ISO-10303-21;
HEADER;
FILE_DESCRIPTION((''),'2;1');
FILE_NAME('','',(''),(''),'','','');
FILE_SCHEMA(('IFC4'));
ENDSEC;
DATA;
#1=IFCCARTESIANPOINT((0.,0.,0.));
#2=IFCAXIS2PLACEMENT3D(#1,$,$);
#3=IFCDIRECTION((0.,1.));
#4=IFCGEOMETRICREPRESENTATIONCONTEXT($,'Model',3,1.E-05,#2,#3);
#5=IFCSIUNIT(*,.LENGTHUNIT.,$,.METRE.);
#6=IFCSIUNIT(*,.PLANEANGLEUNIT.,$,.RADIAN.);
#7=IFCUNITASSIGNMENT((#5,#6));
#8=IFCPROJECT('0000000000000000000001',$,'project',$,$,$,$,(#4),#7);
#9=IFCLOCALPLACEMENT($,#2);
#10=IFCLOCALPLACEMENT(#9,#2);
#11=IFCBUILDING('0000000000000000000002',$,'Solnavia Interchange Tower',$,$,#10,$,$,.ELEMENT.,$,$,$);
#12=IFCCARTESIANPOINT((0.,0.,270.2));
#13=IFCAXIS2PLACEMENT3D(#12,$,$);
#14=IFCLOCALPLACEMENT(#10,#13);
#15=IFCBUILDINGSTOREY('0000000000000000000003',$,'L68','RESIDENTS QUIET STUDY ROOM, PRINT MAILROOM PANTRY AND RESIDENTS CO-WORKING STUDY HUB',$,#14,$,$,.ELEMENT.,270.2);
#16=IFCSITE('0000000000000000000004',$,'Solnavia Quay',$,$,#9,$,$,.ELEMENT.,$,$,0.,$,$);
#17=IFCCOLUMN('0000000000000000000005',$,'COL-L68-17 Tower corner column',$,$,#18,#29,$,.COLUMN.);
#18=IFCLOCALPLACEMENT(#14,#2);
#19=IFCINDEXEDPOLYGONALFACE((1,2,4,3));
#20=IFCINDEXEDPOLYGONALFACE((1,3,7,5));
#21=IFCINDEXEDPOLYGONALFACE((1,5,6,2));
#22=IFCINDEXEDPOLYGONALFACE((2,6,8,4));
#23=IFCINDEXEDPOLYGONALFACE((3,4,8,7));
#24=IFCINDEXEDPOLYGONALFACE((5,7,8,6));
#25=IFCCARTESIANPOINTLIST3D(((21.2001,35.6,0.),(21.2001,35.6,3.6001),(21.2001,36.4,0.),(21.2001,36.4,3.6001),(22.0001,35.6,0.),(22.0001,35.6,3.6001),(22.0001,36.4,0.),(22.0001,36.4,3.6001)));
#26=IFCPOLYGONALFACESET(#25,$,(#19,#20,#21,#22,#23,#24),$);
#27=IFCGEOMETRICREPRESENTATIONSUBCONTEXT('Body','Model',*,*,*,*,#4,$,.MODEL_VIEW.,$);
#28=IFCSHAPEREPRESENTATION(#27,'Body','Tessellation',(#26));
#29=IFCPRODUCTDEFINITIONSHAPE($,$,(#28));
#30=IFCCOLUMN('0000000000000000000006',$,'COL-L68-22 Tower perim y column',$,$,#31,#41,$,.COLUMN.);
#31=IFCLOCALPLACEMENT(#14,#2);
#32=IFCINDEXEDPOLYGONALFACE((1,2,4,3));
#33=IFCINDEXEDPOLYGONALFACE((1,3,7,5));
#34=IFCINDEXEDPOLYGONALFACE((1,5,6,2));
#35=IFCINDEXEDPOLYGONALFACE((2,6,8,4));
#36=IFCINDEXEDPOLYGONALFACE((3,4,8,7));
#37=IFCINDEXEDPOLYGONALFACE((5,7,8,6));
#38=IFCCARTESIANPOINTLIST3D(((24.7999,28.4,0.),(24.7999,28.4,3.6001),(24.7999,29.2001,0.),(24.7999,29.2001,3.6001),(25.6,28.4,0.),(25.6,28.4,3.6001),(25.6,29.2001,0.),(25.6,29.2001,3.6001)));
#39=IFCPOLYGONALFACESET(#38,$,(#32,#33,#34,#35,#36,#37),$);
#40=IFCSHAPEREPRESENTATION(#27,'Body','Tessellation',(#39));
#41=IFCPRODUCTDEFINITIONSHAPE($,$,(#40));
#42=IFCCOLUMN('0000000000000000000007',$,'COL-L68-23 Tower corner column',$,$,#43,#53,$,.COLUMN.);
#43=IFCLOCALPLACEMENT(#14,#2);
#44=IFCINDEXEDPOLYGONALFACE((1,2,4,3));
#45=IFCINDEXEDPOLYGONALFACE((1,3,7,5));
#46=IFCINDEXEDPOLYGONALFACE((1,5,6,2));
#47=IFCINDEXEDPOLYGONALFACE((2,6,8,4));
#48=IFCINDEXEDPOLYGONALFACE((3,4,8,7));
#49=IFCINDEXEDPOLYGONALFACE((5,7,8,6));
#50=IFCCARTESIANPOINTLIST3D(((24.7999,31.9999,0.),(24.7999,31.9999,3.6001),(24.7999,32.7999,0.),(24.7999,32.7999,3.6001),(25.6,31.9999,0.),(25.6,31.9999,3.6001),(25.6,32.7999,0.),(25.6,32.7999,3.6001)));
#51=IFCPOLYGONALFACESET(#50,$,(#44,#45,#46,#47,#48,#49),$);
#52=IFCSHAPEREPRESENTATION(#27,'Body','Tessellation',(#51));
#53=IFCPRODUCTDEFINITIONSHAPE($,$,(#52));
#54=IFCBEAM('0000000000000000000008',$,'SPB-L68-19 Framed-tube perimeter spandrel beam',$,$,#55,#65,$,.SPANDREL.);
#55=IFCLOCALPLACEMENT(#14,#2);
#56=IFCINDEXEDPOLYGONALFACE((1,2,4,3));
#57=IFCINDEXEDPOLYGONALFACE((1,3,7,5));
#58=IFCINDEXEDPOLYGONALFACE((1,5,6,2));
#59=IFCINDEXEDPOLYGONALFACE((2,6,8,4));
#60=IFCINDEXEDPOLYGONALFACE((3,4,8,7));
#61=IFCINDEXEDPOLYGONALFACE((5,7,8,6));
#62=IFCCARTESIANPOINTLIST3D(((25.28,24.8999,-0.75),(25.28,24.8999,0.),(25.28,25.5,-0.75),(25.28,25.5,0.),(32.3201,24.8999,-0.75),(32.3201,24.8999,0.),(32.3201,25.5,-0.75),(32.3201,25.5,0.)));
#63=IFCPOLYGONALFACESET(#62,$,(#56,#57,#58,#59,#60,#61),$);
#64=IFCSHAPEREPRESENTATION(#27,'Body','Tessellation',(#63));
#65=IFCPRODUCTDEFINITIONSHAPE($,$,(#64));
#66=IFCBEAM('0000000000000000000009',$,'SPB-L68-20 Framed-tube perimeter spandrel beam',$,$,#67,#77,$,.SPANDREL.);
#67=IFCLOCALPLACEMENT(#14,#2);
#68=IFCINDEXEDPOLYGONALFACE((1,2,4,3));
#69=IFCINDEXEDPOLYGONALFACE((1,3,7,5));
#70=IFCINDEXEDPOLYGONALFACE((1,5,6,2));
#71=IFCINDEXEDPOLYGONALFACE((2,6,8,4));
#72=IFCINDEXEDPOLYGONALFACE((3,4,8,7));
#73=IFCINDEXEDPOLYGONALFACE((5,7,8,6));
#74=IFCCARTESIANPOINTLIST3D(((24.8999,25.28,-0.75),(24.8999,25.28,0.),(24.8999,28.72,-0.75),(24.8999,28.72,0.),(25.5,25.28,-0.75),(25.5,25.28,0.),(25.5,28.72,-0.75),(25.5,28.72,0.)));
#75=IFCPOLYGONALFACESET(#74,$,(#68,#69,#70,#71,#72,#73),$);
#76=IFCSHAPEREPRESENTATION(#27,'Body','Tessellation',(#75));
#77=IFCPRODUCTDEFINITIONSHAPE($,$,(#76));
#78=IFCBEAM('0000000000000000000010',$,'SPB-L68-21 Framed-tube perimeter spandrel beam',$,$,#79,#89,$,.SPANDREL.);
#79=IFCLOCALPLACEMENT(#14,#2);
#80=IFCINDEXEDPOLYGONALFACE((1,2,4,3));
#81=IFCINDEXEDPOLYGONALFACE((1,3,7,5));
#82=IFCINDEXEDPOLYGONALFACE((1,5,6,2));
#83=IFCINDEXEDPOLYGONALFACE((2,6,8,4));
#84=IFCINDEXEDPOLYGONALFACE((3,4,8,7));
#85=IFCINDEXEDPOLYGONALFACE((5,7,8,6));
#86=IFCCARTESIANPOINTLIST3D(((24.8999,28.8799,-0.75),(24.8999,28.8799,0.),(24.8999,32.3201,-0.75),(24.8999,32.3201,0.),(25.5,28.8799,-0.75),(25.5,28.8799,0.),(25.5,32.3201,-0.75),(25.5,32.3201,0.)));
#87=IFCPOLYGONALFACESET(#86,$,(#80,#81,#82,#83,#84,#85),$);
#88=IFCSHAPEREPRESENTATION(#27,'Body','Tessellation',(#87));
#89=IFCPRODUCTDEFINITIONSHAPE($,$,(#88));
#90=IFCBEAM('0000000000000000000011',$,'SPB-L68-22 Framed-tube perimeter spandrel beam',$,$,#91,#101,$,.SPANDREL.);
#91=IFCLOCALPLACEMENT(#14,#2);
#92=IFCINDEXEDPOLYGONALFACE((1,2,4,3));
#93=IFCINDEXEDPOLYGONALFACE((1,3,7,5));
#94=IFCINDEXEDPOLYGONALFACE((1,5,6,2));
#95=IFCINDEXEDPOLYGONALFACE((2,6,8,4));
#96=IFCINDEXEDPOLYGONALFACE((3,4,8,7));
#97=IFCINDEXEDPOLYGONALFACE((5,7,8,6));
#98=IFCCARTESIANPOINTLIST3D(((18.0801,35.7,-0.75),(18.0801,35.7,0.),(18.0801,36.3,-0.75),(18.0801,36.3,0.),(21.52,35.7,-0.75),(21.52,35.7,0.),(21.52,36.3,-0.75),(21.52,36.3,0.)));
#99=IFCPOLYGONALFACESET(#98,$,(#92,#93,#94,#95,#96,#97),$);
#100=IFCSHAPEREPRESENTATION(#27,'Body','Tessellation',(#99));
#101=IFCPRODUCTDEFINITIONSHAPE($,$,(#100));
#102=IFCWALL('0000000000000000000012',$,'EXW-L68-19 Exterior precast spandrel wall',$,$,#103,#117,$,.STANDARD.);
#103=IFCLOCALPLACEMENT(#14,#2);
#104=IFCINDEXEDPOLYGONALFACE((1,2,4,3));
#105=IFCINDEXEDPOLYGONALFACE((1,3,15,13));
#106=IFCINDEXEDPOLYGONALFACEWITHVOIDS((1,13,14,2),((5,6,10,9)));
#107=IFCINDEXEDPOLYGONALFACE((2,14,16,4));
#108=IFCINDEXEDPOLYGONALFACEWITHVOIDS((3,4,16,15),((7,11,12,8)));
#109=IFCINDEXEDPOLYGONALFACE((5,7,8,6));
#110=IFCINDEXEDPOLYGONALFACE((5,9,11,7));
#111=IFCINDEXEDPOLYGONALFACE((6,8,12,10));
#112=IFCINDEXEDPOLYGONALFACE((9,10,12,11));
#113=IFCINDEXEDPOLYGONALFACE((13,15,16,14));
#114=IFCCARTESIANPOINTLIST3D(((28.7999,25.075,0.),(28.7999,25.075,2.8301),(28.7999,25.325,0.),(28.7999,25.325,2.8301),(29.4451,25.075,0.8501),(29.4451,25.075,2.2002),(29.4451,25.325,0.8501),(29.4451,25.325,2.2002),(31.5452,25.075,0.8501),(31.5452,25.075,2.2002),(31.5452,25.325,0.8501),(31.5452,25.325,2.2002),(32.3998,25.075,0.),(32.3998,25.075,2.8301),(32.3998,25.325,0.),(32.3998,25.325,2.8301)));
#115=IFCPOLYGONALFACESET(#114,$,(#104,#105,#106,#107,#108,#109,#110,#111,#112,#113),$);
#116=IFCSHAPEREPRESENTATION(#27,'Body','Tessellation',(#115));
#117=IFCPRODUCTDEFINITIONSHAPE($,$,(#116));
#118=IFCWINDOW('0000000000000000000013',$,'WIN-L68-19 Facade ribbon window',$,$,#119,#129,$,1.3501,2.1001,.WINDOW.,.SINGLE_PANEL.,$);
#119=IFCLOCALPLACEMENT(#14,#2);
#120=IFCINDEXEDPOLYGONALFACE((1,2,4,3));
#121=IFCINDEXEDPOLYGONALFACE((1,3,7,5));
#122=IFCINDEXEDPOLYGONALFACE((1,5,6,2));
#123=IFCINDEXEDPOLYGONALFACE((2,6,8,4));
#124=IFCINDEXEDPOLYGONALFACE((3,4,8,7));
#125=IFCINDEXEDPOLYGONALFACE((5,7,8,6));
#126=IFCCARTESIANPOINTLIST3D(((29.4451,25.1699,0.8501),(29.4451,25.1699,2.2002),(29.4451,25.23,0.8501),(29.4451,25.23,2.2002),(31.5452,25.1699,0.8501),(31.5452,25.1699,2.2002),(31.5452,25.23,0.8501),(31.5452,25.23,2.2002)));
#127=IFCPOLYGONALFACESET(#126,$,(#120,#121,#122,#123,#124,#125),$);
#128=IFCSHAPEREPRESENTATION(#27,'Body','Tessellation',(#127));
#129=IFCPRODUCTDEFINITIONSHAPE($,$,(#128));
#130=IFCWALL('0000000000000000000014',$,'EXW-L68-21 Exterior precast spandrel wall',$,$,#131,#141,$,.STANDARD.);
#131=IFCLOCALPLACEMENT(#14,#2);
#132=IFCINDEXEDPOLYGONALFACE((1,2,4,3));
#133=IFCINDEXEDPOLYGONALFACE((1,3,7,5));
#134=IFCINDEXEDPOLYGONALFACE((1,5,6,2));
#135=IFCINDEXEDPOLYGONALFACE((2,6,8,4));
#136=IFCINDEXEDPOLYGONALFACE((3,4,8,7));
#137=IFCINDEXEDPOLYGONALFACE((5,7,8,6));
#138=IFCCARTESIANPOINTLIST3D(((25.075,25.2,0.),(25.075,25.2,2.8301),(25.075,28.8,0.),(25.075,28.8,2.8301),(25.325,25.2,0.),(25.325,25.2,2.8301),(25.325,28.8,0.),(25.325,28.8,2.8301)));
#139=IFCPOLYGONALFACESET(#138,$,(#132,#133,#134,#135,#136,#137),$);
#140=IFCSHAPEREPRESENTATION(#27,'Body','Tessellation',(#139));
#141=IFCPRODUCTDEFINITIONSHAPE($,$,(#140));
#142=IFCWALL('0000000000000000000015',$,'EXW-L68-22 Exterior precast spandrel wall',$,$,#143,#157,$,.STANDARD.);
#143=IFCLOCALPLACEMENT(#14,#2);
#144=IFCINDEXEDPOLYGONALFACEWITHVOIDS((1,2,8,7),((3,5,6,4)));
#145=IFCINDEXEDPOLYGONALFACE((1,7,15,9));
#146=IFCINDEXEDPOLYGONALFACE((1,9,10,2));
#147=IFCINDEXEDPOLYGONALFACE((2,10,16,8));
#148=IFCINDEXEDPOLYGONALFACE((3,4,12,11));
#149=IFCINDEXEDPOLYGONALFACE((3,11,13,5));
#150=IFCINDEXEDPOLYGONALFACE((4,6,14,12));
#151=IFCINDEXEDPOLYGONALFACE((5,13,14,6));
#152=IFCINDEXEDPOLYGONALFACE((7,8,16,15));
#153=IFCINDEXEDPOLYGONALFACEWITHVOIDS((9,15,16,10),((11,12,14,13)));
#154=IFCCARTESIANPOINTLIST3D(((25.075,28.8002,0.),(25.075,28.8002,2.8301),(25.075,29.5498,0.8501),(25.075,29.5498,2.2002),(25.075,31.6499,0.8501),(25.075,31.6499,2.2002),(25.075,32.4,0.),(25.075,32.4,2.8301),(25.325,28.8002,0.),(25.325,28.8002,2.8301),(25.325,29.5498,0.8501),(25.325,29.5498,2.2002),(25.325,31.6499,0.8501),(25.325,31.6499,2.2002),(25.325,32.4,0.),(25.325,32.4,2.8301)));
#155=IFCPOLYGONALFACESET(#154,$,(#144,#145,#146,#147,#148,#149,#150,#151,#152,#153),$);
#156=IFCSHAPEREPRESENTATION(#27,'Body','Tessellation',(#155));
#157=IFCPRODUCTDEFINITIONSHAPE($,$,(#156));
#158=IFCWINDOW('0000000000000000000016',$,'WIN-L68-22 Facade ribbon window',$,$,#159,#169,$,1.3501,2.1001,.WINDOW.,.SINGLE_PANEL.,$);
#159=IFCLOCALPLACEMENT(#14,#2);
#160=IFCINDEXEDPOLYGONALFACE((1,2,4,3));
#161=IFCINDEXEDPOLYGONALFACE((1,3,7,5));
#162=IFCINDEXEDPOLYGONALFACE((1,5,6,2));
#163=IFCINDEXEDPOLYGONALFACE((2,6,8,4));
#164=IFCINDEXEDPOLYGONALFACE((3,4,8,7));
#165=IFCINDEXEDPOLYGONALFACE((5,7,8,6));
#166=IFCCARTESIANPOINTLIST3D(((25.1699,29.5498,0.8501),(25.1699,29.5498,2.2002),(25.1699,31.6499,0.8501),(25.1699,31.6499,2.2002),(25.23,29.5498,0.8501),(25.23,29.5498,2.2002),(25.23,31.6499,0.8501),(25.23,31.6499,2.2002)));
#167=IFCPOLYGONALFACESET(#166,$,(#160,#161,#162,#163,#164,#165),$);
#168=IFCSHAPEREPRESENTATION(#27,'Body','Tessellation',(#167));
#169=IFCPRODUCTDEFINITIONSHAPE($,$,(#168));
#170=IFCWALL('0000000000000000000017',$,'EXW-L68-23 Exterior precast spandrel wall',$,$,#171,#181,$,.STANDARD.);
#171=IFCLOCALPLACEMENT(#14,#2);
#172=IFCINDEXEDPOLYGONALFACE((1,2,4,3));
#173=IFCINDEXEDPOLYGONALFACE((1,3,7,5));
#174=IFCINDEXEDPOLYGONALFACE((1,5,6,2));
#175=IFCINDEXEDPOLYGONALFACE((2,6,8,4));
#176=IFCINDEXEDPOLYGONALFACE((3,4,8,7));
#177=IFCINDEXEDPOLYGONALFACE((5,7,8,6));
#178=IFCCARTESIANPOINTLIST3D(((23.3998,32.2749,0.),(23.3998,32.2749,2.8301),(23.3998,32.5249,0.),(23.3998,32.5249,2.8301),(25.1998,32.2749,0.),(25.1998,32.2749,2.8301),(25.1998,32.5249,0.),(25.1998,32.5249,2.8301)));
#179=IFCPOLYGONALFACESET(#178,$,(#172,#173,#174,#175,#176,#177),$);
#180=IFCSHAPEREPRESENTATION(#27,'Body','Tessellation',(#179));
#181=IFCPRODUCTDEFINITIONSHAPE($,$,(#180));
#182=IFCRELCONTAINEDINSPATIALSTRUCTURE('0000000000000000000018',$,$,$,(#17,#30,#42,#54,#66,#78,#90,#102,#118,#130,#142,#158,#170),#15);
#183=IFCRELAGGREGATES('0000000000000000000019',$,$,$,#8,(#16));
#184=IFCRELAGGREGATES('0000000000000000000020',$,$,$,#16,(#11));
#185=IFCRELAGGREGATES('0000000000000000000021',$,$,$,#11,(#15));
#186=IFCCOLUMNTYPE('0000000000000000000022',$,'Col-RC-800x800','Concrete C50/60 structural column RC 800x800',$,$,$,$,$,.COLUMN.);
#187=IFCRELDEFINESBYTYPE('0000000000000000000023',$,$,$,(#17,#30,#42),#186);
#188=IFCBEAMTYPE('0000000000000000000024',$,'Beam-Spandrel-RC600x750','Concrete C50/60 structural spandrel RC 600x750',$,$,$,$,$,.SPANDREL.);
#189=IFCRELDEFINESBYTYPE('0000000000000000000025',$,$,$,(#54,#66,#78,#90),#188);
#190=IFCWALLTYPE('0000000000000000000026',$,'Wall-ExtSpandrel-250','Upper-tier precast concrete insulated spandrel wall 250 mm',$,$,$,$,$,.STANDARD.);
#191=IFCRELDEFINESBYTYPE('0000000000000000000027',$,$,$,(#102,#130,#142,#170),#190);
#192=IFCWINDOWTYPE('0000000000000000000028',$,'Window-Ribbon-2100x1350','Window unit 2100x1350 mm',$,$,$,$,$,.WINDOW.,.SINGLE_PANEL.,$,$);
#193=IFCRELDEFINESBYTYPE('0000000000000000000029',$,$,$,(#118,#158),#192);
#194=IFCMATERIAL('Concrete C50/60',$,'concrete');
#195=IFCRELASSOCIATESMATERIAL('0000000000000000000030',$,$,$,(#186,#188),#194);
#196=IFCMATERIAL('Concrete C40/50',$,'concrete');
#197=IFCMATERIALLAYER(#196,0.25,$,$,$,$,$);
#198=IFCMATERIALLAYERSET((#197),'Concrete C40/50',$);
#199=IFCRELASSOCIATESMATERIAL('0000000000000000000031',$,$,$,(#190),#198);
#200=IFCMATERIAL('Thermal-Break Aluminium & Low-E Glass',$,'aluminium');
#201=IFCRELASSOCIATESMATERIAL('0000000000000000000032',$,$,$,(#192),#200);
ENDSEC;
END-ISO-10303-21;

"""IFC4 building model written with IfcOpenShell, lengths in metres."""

from ifc_helpers import new_model, si_unit, direction, frame, frame_2d, origin, origin_2d, place, context, subcontext, project, spatial, rectangle, extrude, material, layer, layer_set, material_profile, profile_set, type_object, element, fill, save


model = new_model("IFC4")

# Units and contexts
model_context = context("Model", 3, precision=1e-05, world=origin(), true_north=direction((0.0, 1.0)))
body_context = subcontext(model_context, "Body", "Model", "MODEL_VIEW")
ifc_project = project(units=[si_unit("LENGTHUNIT", "METRE"), si_unit("PLANEANGLEUNIT", "RADIAN")], contexts=[model_context])

# Site, building, storey
site_placement = place(None, origin())
site = spatial("IfcSite", under=ifc_project, at=site_placement, Name="Solnavia Quay", CompositionType="ELEMENT", RefElevation=0.0)
building_placement = place(site_placement, origin())
building = spatial("IfcBuilding", under=site, at=building_placement, Name="Solnavia Interchange Tower", CompositionType="ELEMENT")
storey_placement = place(building_placement, frame((0.0, 0.0, 270.2)))
storey = spatial("IfcBuildingStorey", under=building, at=storey_placement, Name="L68", Description="RESIDENTS QUIET STUDY ROOM, PRINT MAILROOM PANTRY AND RESIDENTS CO-WORKING STUDY HUB", CompositionType="ELEMENT", Elevation=270.2)

# Columns
ifc_material_1 = material(Name="Concrete C50/60", Category="concrete")
ifc_material_profile_1 = material_profile(ifc_material_1, rectangle(XDim=0.8, YDim=0.8, at=origin_2d()), Name="RC 800x800")
ifc_profile_set_1 = profile_set([ifc_material_profile_1], Name="Concrete C50/60")
column_type = type_object("IfcColumnType", Name="Col-RC-800x800", Description="Concrete C50/60 structural column RC 800x800", PredefinedType="COLUMN", material=ifc_profile_set_1)
for number, where, z_axis, x_axis, name in (
    (1, (21.6001, 36.0, 0.0), (0.0, 0.0, 1.0), (1.0, 0.0, 0.0), "COL-L68-17 Tower corner column"),
    (2, (25.2, 28.8, 0.0), (0.0, 0.0, 1.0), (0.0, 1.0, 0.0), "COL-L68-22 Tower perim y column"),
    (3, (25.2, 32.3999, 0.0), (0.0, 0.0, 1.0), (0.0, 1.0, 0.0), "COL-L68-23 Tower corner column"),
):
    element("IfcColumn", number, at=place(storey_placement, frame(where, z_axis=z_axis, x_axis=x_axis)), inside=storey, type_object=column_type, Name=name, PredefinedType="COLUMN", context=body_context, shape_type="SweptSolid", body=[
        extrude(rectangle(XDim=0.8, YDim=0.8, at=origin_2d()), origin(), (0.0, 0.0, 1.0), 3.6001),
    ])

# Beams
ifc_material_profile_2 = material_profile(ifc_material_1, rectangle(XDim=0.6001, YDim=0.75, at=origin_2d()), Name="RC 600x750")
ifc_profile_set_2 = profile_set([ifc_material_profile_2], Name="Concrete C50/60")
beam_type = type_object("IfcBeamType", Name="Beam-Spandrel-RC600x750", Description="Concrete C50/60 structural spandrel RC 600x750", PredefinedType="SPANDREL", material=ifc_profile_set_2)
beam_1_placement = place(storey_placement, frame((32.3201, 25.2, -0.375), z_axis=(-1.0, 0.0, 0.0), x_axis=(0.0, -1.0, 0.0)))
element("IfcBeam", 4, at=beam_1_placement, inside=storey, type_object=beam_type, Name="SPB-L68-19 Framed-tube perimeter spandrel beam", PredefinedType="SPANDREL", context=body_context, shape_type="SweptSolid", body=[
    extrude(rectangle(XDim=0.6001, YDim=0.75, at=origin_2d()), origin(), (0.0, 0.0, 1.0), 7.04),
])
beam_2_placement = place(storey_placement, frame((25.2, 25.28, -0.375), z_axis=(0.0, 1.0, 0.0), x_axis=(-1.0, 0.0, 0.0)))
element("IfcBeam", 5, at=beam_2_placement, inside=storey, type_object=beam_type, Name="SPB-L68-20 Framed-tube perimeter spandrel beam", PredefinedType="SPANDREL", context=body_context, shape_type="SweptSolid", body=[
    extrude(rectangle(XDim=0.6001, YDim=0.75, at=origin_2d()), origin(), (0.0, 0.0, 1.0), 3.4399),
])
beam_3_placement = place(storey_placement, frame((25.2, 28.8799, -0.375), z_axis=(0.0, 1.0, 0.0), x_axis=(-1.0, 0.0, 0.0)))
element("IfcBeam", 6, at=beam_3_placement, inside=storey, type_object=beam_type, Name="SPB-L68-21 Framed-tube perimeter spandrel beam", PredefinedType="SPANDREL", context=body_context, shape_type="SweptSolid", body=[
    extrude(rectangle(XDim=0.6001, YDim=0.75, at=origin_2d()), origin(), (0.0, 0.0, 1.0), 3.4402),
])
beam_4_placement = place(storey_placement, frame((21.52, 36.0, -0.375), z_axis=(-1.0, 0.0, 0.0), x_axis=(0.0, -1.0, 0.0)))
element("IfcBeam", 7, at=beam_4_placement, inside=storey, type_object=beam_type, Name="SPB-L68-22 Framed-tube perimeter spandrel beam", PredefinedType="SPANDREL", context=body_context, shape_type="SweptSolid", body=[
    extrude(rectangle(XDim=0.6001, YDim=0.75, at=origin_2d()), origin(), (0.0, 0.0, 1.0), 3.4399),
])

# Wall, opening, window
ifc_material_2 = material(Name="Concrete C40/50", Category="concrete")
ifc_layer = layer(ifc_material_2, 0.25)
ifc_layer_set = layer_set([ifc_layer], Name="Concrete C40/50")
wall_type = type_object("IfcWallType", Name="Wall-ExtSpandrel-250", Description="Upper-tier precast concrete insulated spandrel wall 250 mm", PredefinedType="STANDARD", material=ifc_layer_set)
wall_1_placement = place(storey_placement, frame((28.8, 25.2, 0.0), z_axis=(0.0, 0.0, 1.0), x_axis=(1.0, 0.0, 0.0)))
wall_1 = element("IfcWall", 8, at=wall_1_placement, inside=storey, type_object=wall_type, Name="EXW-L68-19 Exterior precast spandrel wall", PredefinedType="STANDARD", context=body_context, shape_type="SweptSolid", body=[
    extrude(rectangle(XDim=3.5999, YDim=0.25, at=frame_2d((1.7998, 0.0))), origin(), (0.0, 0.0, 1.0), 2.8301),
])
opening_1_placement = place(wall_1_placement, frame((0.645, 0.0, 0.8501)))
opening_1 = element("IfcOpeningElement", 9, at=opening_1_placement, cuts=wall_1, PredefinedType="OPENING", context=body_context, shape_type="SweptSolid", body=[
    extrude(rectangle(XDim=2.1001, YDim=1.3501, at=frame_2d((1.05, 0.675))), frame((0.0, 0.135, 0.0), z_axis=(0.0, -1.0, 0.0), x_axis=(1.0, 0.0, 0.0)), (0.0, 0.0, 1.0), 0.27),
])
ifc_material_3 = material(Name="Thermal-Break Aluminium & Low-E Glass", Category="aluminium")
window_type = type_object("IfcWindowType", Name="Window-Ribbon-2100x1350", Description="Window unit 2100x1350 mm", PartitioningType="SINGLE_PANEL", PredefinedType="WINDOW", material=ifc_material_3)
window_1_placement = place(opening_1_placement, origin())
window_1 = element("IfcWindow", 10, at=window_1_placement, inside=storey, type_object=window_type, Name="WIN-L68-19 Facade ribbon window", OverallHeight=1.3501, OverallWidth=2.1001, PartitioningType="SINGLE_PANEL", PredefinedType="WINDOW", context=body_context, shape_type="SweptSolid", body=[
    extrude(rectangle(XDim=2.1001, YDim=1.3501, at=frame_2d((1.05, 0.675))), frame((0.0, 0.03, 0.0), z_axis=(0.0, -1.0, 0.0), x_axis=(1.0, 0.0, 0.0)), (0.0, 0.0, 1.0), 0.0601),
])
fill(opening_1, window_1)

# Wall
wall_2_placement = place(storey_placement, frame((25.2, 28.8, 0.0), z_axis=(0.0, 0.0, 1.0), x_axis=(0.0, -1.0, 0.0)))
element("IfcWall", 11, at=wall_2_placement, inside=storey, type_object=wall_type, Name="EXW-L68-21 Exterior precast spandrel wall", PredefinedType="STANDARD", context=body_context, shape_type="SweptSolid", body=[
    extrude(rectangle(XDim=3.6001, YDim=0.25, at=frame_2d((1.8, 0.0))), origin(), (0.0, 0.0, 1.0), 2.8301),
])

# Wall, opening, window
wall_3_placement = place(storey_placement, frame((25.2, 32.3999, 0.0), z_axis=(0.0, 0.0, 1.0), x_axis=(0.0, -1.0, 0.0)))
wall_3 = element("IfcWall", 12, at=wall_3_placement, inside=storey, type_object=wall_type, Name="EXW-L68-22 Exterior precast spandrel wall", PredefinedType="STANDARD", context=body_context, shape_type="SweptSolid", body=[
    extrude(rectangle(XDim=3.5999, YDim=0.25, at=frame_2d((1.7998, 0.0))), origin(), (0.0, 0.0, 1.0), 2.8301),
])
opening_2_placement = place(wall_3_placement, frame((0.75, 0.0, 0.8501)))
opening_2 = element("IfcOpeningElement", 13, at=opening_2_placement, cuts=wall_3, PredefinedType="OPENING", context=body_context, shape_type="SweptSolid", body=[
    extrude(rectangle(XDim=2.1001, YDim=1.3501, at=frame_2d((1.05, 0.675))), frame((0.0, 0.135, 0.0), z_axis=(0.0, -1.0, 0.0), x_axis=(1.0, 0.0, 0.0)), (0.0, 0.0, 1.0), 0.27),
])
window_2_placement = place(opening_2_placement, origin())
window_2 = element("IfcWindow", 14, at=window_2_placement, inside=storey, type_object=window_type, Name="WIN-L68-22 Facade ribbon window", OverallHeight=1.3501, OverallWidth=2.1001, PartitioningType="SINGLE_PANEL", PredefinedType="WINDOW", context=body_context, shape_type="SweptSolid", body=[
    extrude(rectangle(XDim=2.1001, YDim=1.3501, at=frame_2d((1.05, 0.675))), frame((0.0, 0.03, 0.0), z_axis=(0.0, -1.0, 0.0), x_axis=(1.0, 0.0, 0.0)), (0.0, 0.0, 1.0), 0.0601),
])
fill(opening_2, window_2)

# Wall
wall_4_placement = place(storey_placement, frame((23.3999, 32.3999, 0.0), z_axis=(0.0, 0.0, 1.0), x_axis=(1.0, 0.0, 0.0)))
element("IfcWall", 15, at=wall_4_placement, inside=storey, type_object=wall_type, Name="EXW-L68-23 Exterior precast spandrel wall", PredefinedType="STANDARD", context=body_context, shape_type="SweptSolid", body=[
    extrude(rectangle(XDim=1.8, YDim=0.25, at=frame_2d((0.8999, 0.0))), origin(), (0.0, 0.0, 1.0), 2.8301),
])

save(model, "model.ifc")
